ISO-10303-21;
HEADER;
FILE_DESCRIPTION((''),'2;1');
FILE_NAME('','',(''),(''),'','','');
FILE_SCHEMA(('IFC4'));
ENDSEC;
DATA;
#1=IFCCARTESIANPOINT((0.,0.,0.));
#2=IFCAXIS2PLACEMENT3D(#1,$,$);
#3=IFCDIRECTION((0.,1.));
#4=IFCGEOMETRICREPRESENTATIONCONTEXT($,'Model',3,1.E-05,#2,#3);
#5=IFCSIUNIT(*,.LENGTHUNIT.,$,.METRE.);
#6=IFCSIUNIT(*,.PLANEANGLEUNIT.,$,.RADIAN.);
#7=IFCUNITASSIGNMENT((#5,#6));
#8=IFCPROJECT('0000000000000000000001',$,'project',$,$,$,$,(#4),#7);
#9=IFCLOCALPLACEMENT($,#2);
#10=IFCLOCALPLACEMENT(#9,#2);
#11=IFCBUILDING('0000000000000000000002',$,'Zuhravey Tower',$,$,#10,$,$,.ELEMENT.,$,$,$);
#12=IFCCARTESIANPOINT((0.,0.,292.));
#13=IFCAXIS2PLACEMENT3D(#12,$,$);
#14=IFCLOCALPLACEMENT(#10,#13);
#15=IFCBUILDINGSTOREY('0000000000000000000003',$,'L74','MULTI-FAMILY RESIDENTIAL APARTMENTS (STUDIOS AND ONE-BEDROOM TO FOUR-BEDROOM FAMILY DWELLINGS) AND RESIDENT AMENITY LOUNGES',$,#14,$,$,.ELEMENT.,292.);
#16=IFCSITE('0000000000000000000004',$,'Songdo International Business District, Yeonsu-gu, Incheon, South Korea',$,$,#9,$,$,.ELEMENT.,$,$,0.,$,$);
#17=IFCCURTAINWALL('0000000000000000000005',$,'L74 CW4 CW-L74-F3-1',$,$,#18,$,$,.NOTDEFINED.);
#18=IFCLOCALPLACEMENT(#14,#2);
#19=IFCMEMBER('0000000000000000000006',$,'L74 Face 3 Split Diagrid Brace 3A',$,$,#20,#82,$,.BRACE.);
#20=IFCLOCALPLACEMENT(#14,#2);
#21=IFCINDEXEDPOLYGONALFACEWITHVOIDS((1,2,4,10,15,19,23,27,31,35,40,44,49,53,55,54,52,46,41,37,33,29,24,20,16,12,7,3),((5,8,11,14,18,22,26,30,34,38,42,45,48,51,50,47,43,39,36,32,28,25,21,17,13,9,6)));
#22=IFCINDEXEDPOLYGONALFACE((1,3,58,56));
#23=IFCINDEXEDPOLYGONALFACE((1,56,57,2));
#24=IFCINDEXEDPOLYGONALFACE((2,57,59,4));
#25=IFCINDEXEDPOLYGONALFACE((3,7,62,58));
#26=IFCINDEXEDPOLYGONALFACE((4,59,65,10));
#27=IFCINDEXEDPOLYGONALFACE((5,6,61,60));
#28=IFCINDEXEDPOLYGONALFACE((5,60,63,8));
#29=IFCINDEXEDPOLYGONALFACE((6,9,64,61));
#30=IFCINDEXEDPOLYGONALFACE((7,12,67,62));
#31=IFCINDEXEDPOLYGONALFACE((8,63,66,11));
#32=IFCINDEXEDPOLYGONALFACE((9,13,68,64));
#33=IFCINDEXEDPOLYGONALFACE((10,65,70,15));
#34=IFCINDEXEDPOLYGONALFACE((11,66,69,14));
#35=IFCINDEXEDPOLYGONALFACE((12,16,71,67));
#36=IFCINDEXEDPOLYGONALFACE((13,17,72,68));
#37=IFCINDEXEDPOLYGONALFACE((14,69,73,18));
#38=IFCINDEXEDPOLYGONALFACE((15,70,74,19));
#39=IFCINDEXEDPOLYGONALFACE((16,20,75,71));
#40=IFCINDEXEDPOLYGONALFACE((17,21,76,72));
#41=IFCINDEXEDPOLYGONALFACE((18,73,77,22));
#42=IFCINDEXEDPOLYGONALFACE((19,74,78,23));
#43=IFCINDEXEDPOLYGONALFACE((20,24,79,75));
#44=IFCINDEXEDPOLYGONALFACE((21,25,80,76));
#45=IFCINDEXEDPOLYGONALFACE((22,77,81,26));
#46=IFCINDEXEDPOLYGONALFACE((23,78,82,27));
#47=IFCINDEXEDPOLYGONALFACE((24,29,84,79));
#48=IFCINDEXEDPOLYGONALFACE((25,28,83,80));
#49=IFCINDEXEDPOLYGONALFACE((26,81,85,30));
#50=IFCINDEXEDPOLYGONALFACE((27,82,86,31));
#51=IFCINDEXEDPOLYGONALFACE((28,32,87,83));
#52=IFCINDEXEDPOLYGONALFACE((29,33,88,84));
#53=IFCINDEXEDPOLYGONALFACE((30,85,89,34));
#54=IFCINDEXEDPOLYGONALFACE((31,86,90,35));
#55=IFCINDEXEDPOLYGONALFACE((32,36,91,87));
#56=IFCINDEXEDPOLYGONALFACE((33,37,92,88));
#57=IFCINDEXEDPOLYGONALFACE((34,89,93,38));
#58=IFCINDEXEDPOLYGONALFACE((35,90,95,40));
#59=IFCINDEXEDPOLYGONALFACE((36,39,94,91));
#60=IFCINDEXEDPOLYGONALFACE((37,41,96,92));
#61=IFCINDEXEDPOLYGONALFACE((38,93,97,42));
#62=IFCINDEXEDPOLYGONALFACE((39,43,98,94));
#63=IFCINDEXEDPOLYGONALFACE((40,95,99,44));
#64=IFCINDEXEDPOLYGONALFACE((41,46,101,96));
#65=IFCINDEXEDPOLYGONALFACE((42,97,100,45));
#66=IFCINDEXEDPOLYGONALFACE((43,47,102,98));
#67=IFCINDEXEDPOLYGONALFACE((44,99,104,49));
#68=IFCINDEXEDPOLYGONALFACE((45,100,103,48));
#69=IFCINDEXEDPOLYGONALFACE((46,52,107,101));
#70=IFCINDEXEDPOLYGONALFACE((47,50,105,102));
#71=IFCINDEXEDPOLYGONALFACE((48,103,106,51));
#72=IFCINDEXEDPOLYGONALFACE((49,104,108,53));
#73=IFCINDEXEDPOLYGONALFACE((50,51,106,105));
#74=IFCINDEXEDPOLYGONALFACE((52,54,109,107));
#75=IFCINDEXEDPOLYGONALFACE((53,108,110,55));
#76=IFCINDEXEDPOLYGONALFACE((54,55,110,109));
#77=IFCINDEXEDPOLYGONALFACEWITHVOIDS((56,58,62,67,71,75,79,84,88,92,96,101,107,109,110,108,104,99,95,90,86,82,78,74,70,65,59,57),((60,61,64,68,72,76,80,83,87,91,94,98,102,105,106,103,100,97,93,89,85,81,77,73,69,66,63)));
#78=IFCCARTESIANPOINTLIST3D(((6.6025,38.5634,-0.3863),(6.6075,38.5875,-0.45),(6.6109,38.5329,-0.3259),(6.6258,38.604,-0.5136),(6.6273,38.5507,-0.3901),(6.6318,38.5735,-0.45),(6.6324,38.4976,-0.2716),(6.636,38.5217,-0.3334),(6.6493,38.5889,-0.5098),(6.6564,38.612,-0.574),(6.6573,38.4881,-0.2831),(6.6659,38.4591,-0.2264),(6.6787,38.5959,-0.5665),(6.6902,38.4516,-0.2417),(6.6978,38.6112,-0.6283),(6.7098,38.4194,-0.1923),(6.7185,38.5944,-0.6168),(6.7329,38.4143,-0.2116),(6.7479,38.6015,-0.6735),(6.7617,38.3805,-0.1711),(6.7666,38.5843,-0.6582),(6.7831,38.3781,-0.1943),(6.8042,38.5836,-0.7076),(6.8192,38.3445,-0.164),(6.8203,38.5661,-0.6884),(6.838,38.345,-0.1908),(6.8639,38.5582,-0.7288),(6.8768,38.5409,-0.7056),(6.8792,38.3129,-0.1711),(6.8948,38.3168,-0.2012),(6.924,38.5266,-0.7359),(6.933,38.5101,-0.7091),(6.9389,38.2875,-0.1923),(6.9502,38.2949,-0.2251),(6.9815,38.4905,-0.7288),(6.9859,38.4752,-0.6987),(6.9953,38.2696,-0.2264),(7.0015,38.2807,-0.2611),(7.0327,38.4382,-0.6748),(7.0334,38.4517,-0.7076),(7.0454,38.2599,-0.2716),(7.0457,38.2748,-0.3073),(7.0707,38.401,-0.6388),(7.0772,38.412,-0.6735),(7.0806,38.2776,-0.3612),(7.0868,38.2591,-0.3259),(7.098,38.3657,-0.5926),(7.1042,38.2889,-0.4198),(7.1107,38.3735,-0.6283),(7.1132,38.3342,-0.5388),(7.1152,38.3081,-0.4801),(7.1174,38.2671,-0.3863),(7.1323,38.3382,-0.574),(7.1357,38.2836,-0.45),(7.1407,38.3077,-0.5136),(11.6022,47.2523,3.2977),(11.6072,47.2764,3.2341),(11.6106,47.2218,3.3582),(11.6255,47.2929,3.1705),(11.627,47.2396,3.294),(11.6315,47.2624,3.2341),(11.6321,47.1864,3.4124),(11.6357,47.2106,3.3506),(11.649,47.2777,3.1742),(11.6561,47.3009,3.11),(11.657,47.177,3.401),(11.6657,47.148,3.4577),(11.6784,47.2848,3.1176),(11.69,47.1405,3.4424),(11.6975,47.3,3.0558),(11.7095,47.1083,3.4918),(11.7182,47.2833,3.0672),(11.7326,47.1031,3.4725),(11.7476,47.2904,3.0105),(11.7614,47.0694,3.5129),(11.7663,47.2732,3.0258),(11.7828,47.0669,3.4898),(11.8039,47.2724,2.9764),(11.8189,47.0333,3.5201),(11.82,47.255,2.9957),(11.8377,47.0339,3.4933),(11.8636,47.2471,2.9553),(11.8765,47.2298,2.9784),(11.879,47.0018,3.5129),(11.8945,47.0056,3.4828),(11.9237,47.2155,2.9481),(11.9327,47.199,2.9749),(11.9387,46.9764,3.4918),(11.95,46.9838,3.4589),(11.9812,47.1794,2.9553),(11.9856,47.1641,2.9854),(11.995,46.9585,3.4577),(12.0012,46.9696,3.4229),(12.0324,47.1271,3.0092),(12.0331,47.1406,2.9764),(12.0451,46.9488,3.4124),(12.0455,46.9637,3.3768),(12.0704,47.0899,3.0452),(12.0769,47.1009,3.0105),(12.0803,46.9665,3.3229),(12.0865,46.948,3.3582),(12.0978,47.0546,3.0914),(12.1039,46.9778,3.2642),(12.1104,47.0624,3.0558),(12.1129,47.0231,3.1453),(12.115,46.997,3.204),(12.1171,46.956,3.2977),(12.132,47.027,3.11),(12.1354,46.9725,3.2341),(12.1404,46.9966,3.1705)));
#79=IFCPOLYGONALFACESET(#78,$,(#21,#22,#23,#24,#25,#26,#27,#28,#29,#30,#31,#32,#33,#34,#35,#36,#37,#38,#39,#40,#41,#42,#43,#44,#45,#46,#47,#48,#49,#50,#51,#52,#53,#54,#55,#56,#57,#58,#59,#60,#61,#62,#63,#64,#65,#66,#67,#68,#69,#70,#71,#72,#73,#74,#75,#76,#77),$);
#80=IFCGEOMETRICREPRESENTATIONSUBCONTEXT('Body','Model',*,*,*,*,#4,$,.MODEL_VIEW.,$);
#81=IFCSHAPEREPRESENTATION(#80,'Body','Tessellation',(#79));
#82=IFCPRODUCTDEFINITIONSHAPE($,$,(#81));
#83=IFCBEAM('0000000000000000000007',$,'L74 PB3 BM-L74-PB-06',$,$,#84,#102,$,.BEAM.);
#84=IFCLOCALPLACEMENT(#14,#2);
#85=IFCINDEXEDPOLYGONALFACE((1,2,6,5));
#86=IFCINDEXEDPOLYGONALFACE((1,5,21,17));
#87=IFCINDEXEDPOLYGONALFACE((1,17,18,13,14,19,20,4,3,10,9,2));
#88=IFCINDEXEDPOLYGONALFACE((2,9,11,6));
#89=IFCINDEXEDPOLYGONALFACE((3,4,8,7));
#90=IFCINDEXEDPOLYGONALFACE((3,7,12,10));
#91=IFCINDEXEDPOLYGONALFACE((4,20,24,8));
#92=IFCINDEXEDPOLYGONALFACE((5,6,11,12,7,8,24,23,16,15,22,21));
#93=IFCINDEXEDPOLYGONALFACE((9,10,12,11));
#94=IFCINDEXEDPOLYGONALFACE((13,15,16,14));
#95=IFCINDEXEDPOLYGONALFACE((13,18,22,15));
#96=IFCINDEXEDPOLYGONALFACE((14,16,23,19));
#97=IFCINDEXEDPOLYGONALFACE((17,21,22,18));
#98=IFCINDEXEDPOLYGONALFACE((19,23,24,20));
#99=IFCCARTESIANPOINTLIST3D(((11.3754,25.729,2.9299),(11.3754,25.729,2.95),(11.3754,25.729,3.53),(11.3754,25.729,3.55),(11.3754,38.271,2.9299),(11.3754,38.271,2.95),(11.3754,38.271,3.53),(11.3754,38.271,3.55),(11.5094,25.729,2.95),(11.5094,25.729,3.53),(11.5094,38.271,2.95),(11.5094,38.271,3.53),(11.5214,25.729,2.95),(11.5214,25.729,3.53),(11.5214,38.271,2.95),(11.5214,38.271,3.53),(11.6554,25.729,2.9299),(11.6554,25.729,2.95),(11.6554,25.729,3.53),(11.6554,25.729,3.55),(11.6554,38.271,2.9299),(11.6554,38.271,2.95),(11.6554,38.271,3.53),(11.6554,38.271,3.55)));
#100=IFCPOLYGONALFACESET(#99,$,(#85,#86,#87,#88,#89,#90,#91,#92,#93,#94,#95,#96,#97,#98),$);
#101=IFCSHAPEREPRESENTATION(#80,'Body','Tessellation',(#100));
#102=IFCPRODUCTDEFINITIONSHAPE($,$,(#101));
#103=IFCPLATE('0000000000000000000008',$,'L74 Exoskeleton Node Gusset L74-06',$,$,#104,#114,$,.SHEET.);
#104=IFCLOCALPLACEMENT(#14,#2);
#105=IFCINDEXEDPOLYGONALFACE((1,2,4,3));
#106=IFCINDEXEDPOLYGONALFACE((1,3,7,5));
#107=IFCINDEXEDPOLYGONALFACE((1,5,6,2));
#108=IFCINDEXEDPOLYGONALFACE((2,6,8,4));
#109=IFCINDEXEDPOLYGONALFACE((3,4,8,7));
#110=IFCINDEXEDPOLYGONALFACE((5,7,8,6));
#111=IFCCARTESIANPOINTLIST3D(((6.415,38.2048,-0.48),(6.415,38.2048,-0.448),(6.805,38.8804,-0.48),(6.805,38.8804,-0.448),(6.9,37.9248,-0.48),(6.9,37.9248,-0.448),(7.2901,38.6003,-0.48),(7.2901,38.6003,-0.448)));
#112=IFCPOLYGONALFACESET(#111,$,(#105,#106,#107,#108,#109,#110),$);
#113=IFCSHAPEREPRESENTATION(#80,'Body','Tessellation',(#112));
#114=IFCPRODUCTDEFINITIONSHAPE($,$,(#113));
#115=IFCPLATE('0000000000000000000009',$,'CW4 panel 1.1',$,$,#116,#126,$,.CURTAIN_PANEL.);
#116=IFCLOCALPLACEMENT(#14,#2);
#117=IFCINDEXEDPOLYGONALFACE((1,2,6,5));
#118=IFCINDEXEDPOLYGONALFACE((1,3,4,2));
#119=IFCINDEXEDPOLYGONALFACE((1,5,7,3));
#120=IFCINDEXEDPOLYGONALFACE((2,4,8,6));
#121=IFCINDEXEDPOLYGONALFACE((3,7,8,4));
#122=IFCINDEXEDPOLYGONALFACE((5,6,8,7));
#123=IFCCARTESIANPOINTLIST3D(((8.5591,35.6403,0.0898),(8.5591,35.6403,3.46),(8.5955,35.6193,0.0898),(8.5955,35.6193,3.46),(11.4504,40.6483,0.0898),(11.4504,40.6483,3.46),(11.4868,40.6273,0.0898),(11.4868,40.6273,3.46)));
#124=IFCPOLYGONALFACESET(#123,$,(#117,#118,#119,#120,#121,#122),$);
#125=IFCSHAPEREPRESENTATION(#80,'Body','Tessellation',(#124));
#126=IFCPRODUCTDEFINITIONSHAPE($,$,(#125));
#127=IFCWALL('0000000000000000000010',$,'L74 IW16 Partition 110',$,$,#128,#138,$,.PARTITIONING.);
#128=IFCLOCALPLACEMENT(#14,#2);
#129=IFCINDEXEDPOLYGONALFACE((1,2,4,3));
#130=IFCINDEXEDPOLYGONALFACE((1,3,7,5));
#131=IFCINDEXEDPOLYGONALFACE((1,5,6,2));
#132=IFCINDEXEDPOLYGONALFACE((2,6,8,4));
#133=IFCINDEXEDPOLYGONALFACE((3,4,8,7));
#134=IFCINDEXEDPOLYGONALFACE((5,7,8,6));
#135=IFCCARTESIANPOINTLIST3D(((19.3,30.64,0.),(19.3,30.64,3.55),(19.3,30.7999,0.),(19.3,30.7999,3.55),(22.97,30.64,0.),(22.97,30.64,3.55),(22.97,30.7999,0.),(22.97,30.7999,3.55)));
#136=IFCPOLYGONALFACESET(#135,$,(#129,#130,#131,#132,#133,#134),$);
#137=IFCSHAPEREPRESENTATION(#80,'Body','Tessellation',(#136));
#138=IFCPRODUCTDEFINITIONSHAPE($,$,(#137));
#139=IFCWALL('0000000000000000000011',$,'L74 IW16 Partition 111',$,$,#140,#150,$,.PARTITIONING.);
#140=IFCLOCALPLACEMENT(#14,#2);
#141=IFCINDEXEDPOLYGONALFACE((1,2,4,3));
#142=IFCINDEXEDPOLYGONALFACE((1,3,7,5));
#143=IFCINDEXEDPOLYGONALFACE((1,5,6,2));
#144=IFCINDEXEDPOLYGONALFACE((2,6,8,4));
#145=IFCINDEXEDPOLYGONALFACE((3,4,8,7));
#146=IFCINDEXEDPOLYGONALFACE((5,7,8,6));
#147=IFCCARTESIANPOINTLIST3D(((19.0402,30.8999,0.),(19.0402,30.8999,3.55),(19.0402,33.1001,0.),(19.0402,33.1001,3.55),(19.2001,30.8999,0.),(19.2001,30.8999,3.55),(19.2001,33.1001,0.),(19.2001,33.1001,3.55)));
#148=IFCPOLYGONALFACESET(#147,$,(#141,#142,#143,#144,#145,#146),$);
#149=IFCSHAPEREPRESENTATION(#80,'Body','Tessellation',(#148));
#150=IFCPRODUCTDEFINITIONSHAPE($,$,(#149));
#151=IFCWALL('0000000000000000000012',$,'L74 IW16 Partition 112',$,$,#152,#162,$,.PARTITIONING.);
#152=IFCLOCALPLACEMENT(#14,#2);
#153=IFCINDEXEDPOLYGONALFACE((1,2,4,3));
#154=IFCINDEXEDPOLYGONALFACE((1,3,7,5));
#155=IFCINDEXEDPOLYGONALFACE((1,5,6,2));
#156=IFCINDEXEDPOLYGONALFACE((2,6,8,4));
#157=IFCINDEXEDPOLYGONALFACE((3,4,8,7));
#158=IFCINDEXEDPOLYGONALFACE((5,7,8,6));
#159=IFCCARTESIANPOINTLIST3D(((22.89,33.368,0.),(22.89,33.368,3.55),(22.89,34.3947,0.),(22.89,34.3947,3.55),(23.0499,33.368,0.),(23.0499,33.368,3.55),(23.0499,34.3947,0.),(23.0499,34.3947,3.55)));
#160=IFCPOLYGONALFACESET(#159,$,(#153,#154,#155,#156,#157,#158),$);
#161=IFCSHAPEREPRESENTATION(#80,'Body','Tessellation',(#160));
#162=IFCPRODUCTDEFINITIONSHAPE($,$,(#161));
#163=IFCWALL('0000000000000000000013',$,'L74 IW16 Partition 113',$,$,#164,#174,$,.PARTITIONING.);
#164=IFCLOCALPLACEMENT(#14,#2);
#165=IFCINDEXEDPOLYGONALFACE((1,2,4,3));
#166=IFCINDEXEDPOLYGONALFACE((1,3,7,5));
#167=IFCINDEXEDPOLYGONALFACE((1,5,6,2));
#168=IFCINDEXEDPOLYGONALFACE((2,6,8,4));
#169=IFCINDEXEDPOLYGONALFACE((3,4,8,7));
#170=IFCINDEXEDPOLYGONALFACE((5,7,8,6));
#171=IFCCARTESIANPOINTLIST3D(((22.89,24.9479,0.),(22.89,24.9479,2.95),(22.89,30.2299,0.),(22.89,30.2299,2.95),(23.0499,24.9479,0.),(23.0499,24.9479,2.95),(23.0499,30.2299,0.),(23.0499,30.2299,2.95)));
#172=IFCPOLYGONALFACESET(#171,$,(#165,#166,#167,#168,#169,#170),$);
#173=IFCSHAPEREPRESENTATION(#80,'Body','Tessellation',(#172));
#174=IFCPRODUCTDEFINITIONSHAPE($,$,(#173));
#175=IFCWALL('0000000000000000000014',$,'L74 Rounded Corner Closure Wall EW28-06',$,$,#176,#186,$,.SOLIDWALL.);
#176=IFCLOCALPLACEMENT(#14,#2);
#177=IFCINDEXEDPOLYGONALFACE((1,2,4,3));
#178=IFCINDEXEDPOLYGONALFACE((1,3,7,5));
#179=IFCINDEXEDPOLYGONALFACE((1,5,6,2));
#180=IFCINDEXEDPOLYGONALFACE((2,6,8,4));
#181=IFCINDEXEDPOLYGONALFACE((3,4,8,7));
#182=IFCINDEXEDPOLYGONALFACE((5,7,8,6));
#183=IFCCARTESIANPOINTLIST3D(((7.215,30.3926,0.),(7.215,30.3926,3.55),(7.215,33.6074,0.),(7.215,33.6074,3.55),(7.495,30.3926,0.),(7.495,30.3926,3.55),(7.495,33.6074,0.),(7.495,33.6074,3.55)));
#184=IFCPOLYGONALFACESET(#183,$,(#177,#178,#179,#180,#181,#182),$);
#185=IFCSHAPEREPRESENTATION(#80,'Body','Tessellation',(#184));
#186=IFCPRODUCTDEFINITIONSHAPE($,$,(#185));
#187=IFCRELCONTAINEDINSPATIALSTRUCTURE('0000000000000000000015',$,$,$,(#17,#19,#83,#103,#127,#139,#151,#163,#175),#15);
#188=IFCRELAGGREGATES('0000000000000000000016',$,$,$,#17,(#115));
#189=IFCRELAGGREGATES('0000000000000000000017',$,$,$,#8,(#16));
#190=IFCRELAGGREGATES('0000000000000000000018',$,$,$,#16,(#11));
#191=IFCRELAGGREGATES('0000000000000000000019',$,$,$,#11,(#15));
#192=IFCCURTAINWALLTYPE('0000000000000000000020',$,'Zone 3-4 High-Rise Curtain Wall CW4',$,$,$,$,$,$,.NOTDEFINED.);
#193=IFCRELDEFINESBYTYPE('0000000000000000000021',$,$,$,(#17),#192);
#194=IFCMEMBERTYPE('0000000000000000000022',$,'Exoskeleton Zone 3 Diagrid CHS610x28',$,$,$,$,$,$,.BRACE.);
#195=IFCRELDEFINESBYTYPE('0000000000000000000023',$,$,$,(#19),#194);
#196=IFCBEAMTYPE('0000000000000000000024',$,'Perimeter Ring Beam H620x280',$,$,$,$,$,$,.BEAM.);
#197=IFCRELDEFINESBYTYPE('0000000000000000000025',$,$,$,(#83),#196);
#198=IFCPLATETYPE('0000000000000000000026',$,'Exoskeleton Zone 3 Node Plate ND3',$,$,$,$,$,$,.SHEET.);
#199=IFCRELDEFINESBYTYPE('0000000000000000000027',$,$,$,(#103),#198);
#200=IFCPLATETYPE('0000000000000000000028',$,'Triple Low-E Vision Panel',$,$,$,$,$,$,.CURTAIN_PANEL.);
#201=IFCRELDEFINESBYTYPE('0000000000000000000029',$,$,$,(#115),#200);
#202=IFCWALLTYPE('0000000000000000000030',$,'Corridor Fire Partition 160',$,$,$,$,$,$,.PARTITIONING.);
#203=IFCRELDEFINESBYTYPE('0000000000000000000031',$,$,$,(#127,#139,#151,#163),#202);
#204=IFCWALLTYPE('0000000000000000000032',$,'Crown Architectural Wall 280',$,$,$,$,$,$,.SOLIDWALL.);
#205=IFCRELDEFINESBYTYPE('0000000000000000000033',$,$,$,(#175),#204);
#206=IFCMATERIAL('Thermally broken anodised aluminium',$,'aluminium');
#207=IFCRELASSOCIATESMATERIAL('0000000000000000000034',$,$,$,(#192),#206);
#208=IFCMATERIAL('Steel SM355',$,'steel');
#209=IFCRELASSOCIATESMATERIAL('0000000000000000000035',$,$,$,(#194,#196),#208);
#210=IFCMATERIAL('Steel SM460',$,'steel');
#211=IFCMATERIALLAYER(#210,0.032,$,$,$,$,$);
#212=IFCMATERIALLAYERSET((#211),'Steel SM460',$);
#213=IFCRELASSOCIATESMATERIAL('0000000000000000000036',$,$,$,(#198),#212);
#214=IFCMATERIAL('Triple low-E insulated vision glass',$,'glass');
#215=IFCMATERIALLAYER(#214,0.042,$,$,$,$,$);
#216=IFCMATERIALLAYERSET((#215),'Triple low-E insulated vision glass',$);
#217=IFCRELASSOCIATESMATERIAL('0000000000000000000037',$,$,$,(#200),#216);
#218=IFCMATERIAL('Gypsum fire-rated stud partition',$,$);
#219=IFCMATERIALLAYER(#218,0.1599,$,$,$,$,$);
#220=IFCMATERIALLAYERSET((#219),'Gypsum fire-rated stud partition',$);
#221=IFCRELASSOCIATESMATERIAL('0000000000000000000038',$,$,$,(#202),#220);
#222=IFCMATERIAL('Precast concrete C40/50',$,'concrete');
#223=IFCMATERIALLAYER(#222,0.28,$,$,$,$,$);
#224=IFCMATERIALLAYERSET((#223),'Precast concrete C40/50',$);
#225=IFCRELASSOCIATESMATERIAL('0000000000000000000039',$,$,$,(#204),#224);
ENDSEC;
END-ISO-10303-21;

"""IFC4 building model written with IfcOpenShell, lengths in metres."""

from ifc_helpers import new_model, si_unit, direction, frame, frame_2d, origin, origin_2d, place, context, subcontext, project, spatial, rectangle, hollow_circle, i_section, extrude, material, layer, layer_set, material_profile, profile_set, type_object, element, aggregate, save


model = new_model("IFC4")

# Units and contexts
model_context = context("Model", 3, precision=1e-05, world=origin(), true_north=direction((0.0, 1.0)))
body_context = subcontext(model_context, "Body", "Model", "MODEL_VIEW")
ifc_project = project(units=[si_unit("LENGTHUNIT", "METRE"), si_unit("PLANEANGLEUNIT", "RADIAN")], contexts=[model_context])

# Site, building, storey
site_placement = place(None, origin())
site = spatial("IfcSite", under=ifc_project, at=site_placement, Name="Songdo International Business District, Yeonsu-gu, Incheon, South Korea", CompositionType="ELEMENT", RefElevation=0.0)
building_placement = place(site_placement, origin())
building = spatial("IfcBuilding", under=site, at=building_placement, Name="Zuhravey Tower", CompositionType="ELEMENT")
storey_placement = place(building_placement, frame((0.0, 0.0, 292.0)))
storey = spatial("IfcBuildingStorey", under=building, at=storey_placement, Name="L74", Description="MULTI-FAMILY RESIDENTIAL APARTMENTS (STUDIOS AND ONE-BEDROOM TO FOUR-BEDROOM FAMILY DWELLINGS) AND RESIDENT AMENITY LOUNGES", CompositionType="ELEMENT", Elevation=292.0)

# Shared definitions
ifc_material_1 = material(Name="Thermally broken anodised aluminium", Category="aluminium")
curtain_wall_type = type_object("IfcCurtainWallType", Name="Zone 3-4 High-Rise Curtain Wall CW4", PredefinedType="NOTDEFINED", material=ifc_material_1)

# Curtain wall
curtain_wall_1_placement = place(storey_placement, origin())
curtain_wall_1 = element("IfcCurtainWall", 1, at=curtain_wall_1_placement, inside=storey, type_object=curtain_wall_type, Name="L74 CW4 CW-L74-F3-1", PredefinedType="NOTDEFINED")

# Member
ifc_material_2 = material(Name="Steel SM355", Category="steel")
ifc_material_profile_1 = material_profile(ifc_material_2, hollow_circle(Radius=0.3047, WallThickness=0.0281, at=origin_2d()), Name="CHS-609.6x28")
ifc_profile_set_1 = profile_set([ifc_material_profile_1], Name="Steel SM355")
member_type_1 = type_object("IfcMemberType", Name="Exoskeleton Zone 3 Diagrid CHS610x28", PredefinedType="BRACE", material=ifc_profile_set_1)
member_1_placement = place(storey_placement, frame((6.8716, 38.4355, -0.45), z_axis=(0.46813, 0.813553, 0.344943), x_axis=(-0.866751, 0.498741, 0.0)))
element("IfcMember", 2, at=member_1_placement, inside=storey, type_object=member_type_1, Name="L74 Face 3 Split Diagrid Brace 3A", PredefinedType="BRACE", context=body_context, shape_type="SweptSolid", body=[
    extrude(hollow_circle(Radius=0.3047, WallThickness=0.0281, at=origin_2d()), origin(), (0.0, 0.0, 1.0), 10.6802),
])

# Beam
ifc_material_profile_2 = material_profile(ifc_material_2, i_section(OverallWidth=0.28, OverallDepth=0.6201, WebThickness=0.012, FlangeThickness=0.02, at=origin_2d()), Name="H-620x280x12x20")
ifc_profile_set_2 = profile_set([ifc_material_profile_2], Name="Steel SM355")
beam_type = type_object("IfcBeamType", Name="Perimeter Ring Beam H620x280", PredefinedType="BEAM", material=ifc_profile_set_2)
beam_placement = place(storey_placement, frame((11.5154, 38.271, 3.24), z_axis=(0.0, -1.0, 0.0), x_axis=(1.0, 0.0, 0.0)))
element("IfcBeam", 3, at=beam_placement, inside=storey, type_object=beam_type, Name="L74 PB3 BM-L74-PB-06", PredefinedType="BEAM", context=body_context, shape_type="SweptSolid", body=[
    extrude(i_section(OverallWidth=0.28, OverallDepth=0.6201, WebThickness=0.012, FlangeThickness=0.02, at=origin_2d()), origin(), (0.0, 0.0, 1.0), 12.542),
])

# Plates
ifc_material_3 = material(Name="Steel SM460", Category="steel")
ifc_layer_1 = layer(ifc_material_3, 0.032)
ifc_layer_set_1 = layer_set([ifc_layer_1], Name="Steel SM460")
plate_type_1 = type_object("IfcPlateType", Name="Exoskeleton Zone 3 Node Plate ND3", PredefinedType="SHEET", material=ifc_layer_set_1)
plate_1_placement = place(storey_placement, frame((6.8525, 38.4026, -0.48), z_axis=(0.0, 0.0, 1.0), x_axis=(-0.5, -0.866025, 0.0)))
element("IfcPlate", 4, at=plate_1_placement, inside=storey, type_object=plate_type_1, Name="L74 Exoskeleton Node Gusset L74-06", PredefinedType="SHEET", context=body_context, shape_type="SweptSolid", body=[
    extrude(rectangle(XDim=0.78, YDim=0.5601, at=origin_2d()), origin(), (0.0, 0.0, 1.0), 0.032),
])
ifc_material_4 = material(Name="Triple low-E insulated vision glass", Category="glass")
ifc_layer_2 = layer(ifc_material_4, 0.042)
ifc_layer_set_2 = layer_set([ifc_layer_2], Name="Triple low-E insulated vision glass")
plate_type_2 = type_object("IfcPlateType", Name="Triple Low-E Vision Panel", PredefinedType="CURTAIN_PANEL", material=ifc_layer_set_2)
plate_2_placement = place(storey_placement, frame((10.0229, 38.1338, 0.0898), z_axis=(0.0, 0.0, 1.0), x_axis=(0.500001, 0.866025, 0.0)))
plate_2 = element("IfcPlate", 5, at=plate_2_placement, type_object=plate_type_2, Name="CW4 panel 1.1", PredefinedType="CURTAIN_PANEL", context=body_context, shape_type="SweptSolid", body=[
    extrude(rectangle(XDim=5.7827, YDim=0.042, at=origin_2d()), origin(), (0.0, 0.0, 1.0), 3.3701),
])
aggregate(curtain_wall_1, [plate_2])

# Shared definitions
ifc_material_5 = material(Name="Gypsum fire-rated stud partition")
ifc_layer_3 = layer(ifc_material_5, 0.1599)
ifc_layer_set_3 = layer_set([ifc_layer_3], Name="Gypsum fire-rated stud partition")
wall_type_1 = type_object("IfcWallType", Name="Corridor Fire Partition 160", PredefinedType="PARTITIONING", material=ifc_layer_set_3)

# Walls
wall_1_placement = place(storey_placement, frame((19.3, 30.72, 0.0), z_axis=(0.0, 0.0, 1.0), x_axis=(1.0, 0.0, 0.0)))
element("IfcWall", 6, at=wall_1_placement, inside=storey, type_object=wall_type_1, Name="L74 IW16 Partition 110", PredefinedType="PARTITIONING", context=body_context, shape_type="SweptSolid", body=[
    extrude(rectangle(XDim=3.6699, YDim=0.1599, at=frame_2d((1.835, 0.0))), origin(), (0.0, 0.0, 1.0), 3.55),
])
wall_2_placement = place(storey_placement, frame((19.1201, 33.1001, 0.0), z_axis=(0.0, 0.0, 1.0), x_axis=(0.0, -1.0, 0.0)))
element("IfcWall", 7, at=wall_2_placement, inside=storey, type_object=wall_type_1, Name="L74 IW16 Partition 111", PredefinedType="PARTITIONING", context=body_context, shape_type="SweptSolid", body=[
    extrude(rectangle(XDim=2.2002, YDim=0.1599, at=frame_2d((1.1001, 0.0))), origin(), (0.0, 0.0, 1.0), 3.55),
])
wall_3_placement = place(storey_placement, frame((22.97, 34.3945, 0.0), z_axis=(0.0, 0.0, 1.0), x_axis=(0.0, -1.0, 0.0)))
element("IfcWall", 8, at=wall_3_placement, inside=storey, type_object=wall_type_1, Name="L74 IW16 Partition 112", PredefinedType="PARTITIONING", context=body_context, shape_type="SweptSolid", body=[
    extrude(rectangle(XDim=1.0266, YDim=0.1599, at=frame_2d((0.5132, 0.0))), origin(), (0.0, 0.0, 1.0), 3.55),
])
wall_4_placement = place(storey_placement, frame((22.97, 30.23, 0.0), z_axis=(0.0, 0.0, 1.0), x_axis=(0.0, -1.0, 0.0)))
element("IfcWall", 9, at=wall_4_placement, inside=storey, type_object=wall_type_1, Name="L74 IW16 Partition 113", PredefinedType="PARTITIONING", context=body_context, shape_type="SweptSolid", body=[
    extrude(rectangle(XDim=5.282, YDim=0.1599, at=frame_2d((2.6411, 0.0))), origin(), (0.0, 0.0, 1.0), 2.95),
])
ifc_material_6 = material(Name="Precast concrete C40/50", Category="concrete")
ifc_layer_4 = layer(ifc_material_6, 0.28)
ifc_layer_set_4 = layer_set([ifc_layer_4], Name="Precast concrete C40/50")
wall_type_2 = type_object("IfcWallType", Name="Crown Architectural Wall 280", PredefinedType="SOLIDWALL", material=ifc_layer_set_4)
wall_5_placement = place(storey_placement, frame((7.355, 30.3926, 0.0), z_axis=(0.0, 0.0, 1.0), x_axis=(0.0, 1.0, 0.0)))
element("IfcWall", 10, at=wall_5_placement, inside=storey, type_object=wall_type_2, Name="L74 Rounded Corner Closure Wall EW28-06", PredefinedType="SOLIDWALL", context=body_context, shape_type="SweptSolid", body=[
    extrude(rectangle(XDim=3.2148, YDim=0.28, at=frame_2d((1.6074, 0.0))), origin(), (0.0, 0.0, 1.0), 3.55),
])

save(model, "model.ifc")
